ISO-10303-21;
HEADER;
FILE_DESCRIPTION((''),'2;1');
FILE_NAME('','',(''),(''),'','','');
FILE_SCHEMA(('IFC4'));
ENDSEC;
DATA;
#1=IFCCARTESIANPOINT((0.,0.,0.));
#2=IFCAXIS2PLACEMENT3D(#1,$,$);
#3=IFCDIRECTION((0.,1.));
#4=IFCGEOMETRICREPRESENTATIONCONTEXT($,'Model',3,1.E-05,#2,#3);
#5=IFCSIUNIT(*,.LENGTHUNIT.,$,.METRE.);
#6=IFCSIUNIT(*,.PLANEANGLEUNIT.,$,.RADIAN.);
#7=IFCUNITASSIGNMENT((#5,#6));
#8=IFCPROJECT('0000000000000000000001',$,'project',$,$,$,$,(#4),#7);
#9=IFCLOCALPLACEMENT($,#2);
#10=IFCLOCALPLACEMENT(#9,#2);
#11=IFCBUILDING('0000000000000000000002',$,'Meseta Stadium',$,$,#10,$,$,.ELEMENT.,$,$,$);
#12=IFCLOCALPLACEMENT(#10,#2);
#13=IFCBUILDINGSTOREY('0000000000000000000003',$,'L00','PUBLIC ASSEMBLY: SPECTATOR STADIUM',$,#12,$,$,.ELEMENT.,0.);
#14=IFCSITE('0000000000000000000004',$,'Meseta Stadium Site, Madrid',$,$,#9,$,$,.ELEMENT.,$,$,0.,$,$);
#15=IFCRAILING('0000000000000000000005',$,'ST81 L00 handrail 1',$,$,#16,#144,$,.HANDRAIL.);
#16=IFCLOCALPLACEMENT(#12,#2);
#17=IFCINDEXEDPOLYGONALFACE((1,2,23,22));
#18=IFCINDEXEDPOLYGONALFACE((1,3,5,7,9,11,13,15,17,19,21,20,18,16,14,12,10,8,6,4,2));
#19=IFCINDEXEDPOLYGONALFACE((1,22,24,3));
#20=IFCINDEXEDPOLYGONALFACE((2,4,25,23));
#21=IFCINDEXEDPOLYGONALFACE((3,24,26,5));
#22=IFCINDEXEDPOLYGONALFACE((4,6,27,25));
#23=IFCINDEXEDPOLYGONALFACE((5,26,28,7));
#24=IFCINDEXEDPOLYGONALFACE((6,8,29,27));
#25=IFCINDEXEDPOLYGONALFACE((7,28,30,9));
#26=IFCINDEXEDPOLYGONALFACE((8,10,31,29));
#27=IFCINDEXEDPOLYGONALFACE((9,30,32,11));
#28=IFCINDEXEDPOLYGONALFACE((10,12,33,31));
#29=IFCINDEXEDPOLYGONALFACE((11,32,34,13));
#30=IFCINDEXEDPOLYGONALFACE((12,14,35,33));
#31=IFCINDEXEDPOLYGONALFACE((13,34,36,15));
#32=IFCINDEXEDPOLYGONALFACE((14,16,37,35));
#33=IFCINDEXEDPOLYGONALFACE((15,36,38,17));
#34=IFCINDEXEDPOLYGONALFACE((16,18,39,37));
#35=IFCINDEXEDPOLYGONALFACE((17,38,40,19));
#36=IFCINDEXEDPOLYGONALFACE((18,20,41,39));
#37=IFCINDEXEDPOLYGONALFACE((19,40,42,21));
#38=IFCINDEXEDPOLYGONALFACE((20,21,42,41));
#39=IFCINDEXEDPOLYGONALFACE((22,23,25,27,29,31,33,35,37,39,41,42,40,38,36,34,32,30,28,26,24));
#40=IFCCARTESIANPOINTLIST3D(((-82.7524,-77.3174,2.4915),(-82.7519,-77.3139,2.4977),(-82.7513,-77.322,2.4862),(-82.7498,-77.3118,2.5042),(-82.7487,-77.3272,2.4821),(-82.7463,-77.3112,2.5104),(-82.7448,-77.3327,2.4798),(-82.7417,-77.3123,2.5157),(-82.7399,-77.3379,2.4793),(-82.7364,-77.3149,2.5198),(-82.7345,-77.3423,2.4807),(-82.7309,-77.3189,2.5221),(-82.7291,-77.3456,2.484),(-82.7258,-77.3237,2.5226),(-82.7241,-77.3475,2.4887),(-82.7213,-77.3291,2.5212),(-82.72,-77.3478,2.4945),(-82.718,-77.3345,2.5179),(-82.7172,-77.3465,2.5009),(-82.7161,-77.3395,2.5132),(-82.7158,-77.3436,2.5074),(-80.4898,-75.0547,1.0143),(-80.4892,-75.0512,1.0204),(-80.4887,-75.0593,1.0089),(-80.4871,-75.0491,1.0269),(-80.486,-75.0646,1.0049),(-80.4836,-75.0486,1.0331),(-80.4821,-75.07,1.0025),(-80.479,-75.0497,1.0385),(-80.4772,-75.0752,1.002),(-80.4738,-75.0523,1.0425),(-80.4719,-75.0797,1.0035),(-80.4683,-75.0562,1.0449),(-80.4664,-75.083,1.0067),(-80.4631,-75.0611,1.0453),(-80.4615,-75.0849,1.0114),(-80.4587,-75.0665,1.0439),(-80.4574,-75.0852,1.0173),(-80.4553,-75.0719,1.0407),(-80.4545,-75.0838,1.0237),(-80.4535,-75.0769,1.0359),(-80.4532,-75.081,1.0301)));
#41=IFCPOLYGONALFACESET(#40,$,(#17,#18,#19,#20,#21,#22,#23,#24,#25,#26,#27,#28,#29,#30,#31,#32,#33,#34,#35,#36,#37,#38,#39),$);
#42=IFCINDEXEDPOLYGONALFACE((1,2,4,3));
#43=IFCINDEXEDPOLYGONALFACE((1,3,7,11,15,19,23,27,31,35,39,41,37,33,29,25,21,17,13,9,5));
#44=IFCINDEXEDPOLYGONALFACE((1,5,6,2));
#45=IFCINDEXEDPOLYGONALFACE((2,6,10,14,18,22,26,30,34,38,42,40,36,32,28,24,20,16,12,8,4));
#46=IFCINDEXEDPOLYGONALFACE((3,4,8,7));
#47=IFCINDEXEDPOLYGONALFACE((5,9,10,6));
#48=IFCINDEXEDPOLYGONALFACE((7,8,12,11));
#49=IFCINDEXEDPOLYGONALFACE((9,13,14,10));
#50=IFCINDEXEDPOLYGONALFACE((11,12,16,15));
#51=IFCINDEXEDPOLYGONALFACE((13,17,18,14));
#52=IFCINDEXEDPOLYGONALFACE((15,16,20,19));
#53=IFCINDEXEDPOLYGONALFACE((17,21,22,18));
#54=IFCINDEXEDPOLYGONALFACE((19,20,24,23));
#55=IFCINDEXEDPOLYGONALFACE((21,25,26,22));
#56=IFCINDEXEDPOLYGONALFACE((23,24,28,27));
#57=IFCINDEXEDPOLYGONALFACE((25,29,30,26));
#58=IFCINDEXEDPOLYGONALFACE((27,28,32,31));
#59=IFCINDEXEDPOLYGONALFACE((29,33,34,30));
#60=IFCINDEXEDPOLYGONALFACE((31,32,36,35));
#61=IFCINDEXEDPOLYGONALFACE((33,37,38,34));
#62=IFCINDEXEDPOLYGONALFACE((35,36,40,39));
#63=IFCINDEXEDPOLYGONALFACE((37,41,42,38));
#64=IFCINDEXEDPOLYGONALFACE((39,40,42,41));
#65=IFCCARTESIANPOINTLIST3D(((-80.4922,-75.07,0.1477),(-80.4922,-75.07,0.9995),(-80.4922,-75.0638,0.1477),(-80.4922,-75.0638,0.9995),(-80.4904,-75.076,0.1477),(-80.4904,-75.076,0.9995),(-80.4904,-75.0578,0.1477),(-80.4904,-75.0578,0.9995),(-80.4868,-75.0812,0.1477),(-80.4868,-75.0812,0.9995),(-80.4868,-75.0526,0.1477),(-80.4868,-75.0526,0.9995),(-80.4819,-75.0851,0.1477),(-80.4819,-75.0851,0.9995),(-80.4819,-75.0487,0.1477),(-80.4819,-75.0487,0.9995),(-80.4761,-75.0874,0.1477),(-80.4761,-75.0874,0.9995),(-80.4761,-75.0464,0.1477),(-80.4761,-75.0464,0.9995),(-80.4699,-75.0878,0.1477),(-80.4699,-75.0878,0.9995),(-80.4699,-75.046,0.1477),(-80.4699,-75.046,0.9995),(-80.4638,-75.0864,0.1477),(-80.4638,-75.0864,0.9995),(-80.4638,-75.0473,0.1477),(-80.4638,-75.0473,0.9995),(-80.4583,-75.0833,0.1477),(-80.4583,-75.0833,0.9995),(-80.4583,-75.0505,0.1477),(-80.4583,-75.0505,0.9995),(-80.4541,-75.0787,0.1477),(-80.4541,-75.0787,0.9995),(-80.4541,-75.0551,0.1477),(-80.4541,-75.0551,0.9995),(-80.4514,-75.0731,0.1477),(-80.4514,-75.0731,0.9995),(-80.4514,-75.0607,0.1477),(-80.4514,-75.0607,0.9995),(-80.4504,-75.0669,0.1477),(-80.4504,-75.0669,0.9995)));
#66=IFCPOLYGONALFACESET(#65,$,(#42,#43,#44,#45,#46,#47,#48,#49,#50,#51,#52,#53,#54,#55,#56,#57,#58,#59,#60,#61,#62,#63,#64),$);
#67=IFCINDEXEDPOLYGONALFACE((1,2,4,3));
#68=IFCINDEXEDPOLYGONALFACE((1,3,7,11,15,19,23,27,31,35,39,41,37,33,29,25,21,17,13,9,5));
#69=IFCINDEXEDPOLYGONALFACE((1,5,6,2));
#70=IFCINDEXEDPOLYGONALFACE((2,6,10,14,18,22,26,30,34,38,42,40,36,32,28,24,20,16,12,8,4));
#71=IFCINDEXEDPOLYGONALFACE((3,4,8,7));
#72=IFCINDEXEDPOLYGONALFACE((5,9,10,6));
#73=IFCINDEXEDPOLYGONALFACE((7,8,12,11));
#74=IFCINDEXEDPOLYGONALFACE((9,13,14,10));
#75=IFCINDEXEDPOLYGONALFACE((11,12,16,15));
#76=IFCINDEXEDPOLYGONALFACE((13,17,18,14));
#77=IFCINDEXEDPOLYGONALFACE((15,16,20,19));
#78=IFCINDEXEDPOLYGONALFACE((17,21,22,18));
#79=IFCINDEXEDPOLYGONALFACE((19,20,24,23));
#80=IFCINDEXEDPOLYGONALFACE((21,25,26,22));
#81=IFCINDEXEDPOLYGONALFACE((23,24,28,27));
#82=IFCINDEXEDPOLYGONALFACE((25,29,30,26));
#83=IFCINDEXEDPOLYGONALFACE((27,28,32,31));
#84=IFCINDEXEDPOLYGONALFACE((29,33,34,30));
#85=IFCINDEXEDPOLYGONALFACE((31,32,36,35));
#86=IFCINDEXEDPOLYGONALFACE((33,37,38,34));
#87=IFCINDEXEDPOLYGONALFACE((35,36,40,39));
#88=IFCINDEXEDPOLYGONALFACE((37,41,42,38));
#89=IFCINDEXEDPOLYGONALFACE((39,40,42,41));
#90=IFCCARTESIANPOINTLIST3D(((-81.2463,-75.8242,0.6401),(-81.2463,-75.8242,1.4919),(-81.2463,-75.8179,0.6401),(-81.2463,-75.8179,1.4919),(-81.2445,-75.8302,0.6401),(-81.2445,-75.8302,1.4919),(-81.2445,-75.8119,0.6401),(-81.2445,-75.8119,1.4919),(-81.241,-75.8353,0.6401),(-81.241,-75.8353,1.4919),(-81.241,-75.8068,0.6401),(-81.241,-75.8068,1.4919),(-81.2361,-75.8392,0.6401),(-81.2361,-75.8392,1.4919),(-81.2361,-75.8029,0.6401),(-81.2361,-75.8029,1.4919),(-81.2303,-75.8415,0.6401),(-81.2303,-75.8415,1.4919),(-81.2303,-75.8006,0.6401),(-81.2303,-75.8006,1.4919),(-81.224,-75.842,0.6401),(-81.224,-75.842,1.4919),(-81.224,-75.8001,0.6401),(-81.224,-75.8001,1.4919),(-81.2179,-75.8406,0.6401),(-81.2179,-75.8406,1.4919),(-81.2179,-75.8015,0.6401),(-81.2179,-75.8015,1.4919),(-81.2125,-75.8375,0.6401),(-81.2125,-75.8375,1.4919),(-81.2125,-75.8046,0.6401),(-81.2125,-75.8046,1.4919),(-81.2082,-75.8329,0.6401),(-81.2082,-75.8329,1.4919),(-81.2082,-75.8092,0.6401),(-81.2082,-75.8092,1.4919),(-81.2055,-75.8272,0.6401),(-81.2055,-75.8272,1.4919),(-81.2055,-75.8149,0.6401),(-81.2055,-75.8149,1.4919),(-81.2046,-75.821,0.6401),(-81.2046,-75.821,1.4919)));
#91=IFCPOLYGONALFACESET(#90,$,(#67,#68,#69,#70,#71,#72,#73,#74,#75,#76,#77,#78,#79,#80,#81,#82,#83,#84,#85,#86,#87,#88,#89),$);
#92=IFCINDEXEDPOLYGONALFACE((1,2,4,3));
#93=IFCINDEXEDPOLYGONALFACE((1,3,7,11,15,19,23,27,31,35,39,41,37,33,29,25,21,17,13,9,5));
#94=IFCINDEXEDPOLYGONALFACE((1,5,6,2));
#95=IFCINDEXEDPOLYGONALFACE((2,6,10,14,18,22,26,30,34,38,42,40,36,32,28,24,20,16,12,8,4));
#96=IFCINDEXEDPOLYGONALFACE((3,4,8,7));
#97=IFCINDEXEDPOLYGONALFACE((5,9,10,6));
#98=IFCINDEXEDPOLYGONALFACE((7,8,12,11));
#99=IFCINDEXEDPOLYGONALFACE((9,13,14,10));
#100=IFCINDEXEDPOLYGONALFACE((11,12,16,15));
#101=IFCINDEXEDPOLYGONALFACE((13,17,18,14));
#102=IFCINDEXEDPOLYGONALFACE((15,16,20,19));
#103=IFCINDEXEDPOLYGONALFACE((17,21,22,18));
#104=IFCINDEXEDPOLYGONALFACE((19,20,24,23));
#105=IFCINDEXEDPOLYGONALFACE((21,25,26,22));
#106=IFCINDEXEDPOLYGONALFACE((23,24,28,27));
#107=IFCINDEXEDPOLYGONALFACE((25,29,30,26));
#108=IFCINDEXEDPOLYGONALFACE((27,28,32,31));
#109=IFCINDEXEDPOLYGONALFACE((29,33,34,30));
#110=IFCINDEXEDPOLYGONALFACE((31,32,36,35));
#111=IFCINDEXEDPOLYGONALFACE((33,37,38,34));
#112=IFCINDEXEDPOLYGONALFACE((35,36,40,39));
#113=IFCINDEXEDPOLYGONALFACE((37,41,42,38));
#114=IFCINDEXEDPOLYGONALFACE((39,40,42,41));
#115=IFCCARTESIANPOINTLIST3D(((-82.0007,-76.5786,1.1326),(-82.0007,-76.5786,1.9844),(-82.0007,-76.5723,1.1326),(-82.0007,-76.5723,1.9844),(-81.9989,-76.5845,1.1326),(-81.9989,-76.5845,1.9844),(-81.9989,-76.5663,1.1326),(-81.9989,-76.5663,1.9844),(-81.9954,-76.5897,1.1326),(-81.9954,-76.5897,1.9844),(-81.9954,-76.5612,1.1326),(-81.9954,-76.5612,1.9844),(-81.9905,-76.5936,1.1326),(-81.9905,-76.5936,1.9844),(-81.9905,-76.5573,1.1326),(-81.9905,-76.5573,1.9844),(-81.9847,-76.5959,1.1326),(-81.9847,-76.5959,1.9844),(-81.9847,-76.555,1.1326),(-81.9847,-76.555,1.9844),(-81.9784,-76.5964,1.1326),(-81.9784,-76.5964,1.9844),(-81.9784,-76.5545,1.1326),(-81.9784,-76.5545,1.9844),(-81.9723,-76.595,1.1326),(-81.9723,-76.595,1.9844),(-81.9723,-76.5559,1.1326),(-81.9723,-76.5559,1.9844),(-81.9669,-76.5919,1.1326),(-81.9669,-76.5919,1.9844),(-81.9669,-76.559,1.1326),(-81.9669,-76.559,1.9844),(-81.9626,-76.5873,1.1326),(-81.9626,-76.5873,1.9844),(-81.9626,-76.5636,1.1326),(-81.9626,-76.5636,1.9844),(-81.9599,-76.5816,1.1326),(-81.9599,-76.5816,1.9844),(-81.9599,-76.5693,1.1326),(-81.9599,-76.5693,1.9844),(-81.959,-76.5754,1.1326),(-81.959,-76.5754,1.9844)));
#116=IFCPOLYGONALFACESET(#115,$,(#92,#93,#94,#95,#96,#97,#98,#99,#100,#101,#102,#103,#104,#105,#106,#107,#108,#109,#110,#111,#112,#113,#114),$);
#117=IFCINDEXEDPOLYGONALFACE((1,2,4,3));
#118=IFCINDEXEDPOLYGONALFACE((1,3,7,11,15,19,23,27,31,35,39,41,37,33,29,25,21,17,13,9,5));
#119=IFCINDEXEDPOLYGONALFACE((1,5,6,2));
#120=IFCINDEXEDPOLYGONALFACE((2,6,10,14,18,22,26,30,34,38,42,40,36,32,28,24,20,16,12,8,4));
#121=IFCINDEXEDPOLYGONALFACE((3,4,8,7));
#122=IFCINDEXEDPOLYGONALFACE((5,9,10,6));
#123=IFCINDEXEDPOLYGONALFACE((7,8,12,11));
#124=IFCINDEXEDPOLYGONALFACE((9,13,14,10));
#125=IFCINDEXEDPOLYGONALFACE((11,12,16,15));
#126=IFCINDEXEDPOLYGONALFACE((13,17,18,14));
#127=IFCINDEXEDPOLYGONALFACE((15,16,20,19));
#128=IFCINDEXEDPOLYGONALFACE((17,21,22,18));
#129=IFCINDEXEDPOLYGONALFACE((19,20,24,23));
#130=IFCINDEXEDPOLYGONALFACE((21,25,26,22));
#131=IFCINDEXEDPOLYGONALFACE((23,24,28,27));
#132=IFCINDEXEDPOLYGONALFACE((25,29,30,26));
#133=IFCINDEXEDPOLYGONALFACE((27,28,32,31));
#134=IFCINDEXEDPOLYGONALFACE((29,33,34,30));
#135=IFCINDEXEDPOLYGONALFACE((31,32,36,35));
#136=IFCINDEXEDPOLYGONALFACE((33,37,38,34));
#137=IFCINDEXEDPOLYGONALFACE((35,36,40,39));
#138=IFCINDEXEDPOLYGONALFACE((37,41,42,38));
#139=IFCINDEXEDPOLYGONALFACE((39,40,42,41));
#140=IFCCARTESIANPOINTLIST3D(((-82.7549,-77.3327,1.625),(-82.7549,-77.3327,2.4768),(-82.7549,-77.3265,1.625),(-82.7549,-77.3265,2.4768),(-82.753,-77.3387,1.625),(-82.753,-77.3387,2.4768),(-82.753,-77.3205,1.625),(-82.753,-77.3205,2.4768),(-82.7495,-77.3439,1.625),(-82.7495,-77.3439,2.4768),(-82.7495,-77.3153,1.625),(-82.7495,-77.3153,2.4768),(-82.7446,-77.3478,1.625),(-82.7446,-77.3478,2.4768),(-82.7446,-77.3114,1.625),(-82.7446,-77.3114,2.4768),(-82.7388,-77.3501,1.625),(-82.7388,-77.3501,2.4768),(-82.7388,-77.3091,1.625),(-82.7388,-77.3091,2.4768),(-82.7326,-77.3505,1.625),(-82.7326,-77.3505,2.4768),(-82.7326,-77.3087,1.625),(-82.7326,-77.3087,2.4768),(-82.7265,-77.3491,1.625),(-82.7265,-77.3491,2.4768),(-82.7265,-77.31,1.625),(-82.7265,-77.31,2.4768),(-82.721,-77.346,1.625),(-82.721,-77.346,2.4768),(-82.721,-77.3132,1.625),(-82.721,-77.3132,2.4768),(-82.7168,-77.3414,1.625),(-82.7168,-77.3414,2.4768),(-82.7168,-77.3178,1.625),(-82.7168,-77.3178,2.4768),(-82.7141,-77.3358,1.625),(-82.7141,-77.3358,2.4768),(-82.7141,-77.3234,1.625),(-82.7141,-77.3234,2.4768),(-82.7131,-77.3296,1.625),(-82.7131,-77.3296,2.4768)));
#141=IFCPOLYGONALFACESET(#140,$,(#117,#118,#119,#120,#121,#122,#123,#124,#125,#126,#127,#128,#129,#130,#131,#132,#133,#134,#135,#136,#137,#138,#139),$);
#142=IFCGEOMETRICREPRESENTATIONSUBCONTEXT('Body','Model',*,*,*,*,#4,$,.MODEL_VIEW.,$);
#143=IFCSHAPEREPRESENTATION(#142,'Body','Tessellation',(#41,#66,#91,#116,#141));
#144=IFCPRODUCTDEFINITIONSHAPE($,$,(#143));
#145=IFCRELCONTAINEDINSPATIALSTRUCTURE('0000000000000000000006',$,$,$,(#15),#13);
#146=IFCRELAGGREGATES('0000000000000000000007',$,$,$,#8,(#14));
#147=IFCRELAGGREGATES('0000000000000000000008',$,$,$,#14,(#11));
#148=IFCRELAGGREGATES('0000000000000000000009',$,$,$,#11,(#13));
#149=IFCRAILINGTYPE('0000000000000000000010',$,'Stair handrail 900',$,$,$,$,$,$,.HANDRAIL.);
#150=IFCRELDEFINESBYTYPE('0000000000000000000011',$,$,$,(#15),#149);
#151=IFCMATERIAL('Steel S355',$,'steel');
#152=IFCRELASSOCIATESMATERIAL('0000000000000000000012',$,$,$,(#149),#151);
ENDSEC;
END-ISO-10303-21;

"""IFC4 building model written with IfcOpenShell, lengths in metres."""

from ifc_helpers import new_model, si_unit, direction, frame, origin, origin_2d, place, context, subcontext, project, spatial, circle, extrude, material, type_object, element, save


model = new_model("IFC4")

# Units and contexts
model_context = context("Model", 3, precision=1e-05, world=origin(), true_north=direction((0.0, 1.0)))
body_context = subcontext(model_context, "Body", "Model", "MODEL_VIEW")
ifc_project = project(units=[si_unit("LENGTHUNIT", "METRE"), si_unit("PLANEANGLEUNIT", "RADIAN")], contexts=[model_context])

# Site, building, storey
site_placement = place(None, origin())
site = spatial("IfcSite", under=ifc_project, at=site_placement, Name="Meseta Stadium Site, Madrid", CompositionType="ELEMENT", RefElevation=0.0)
building_placement = place(site_placement, origin())
building = spatial("IfcBuilding", under=site, at=building_placement, Name="Meseta Stadium", CompositionType="ELEMENT")
storey_placement = place(building_placement, origin())
storey = spatial("IfcBuildingStorey", under=building, at=storey_placement, Name="L00", Description="PUBLIC ASSEMBLY: SPECTATOR STADIUM", CompositionType="ELEMENT", Elevation=0.0)

# Railing
ifc_material_1 = material(Name="Steel S355", Category="steel")
railing_type_1 = type_object("IfcRailingType", Name="Stair handrail 900", PredefinedType="HANDRAIL", material=ifc_material_1)
railing_1_placement = place(storey_placement, frame((-80.4714, -75.0669, 0.1477)))
element("IfcRailing", 1, at=railing_1_placement, inside=storey, type_object=railing_type_1, Name="ST81 L00 handrail 1", PredefinedType="HANDRAIL", context=body_context, shape_type="SweptSolid", body=[
    extrude(circle(Radius=0.0239, at=origin_2d()), frame((0.0, 0.0, 0.876), z_axis=(-0.641994, -0.641994, 0.419152), x_axis=(0.707107, -0.707107, 0.0)), (0.0, 0.0, 1.0), 3.5244),
    extrude(circle(Radius=0.021, at=origin_2d()), origin(), (0.0, 0.0, 1.0), 0.8518),
    extrude(circle(Radius=0.021, at=origin_2d()), frame((-0.7542, -0.7542, 0.4924)), (0.0, 0.0, 1.0), 0.8518),
    extrude(circle(Radius=0.021, at=origin_2d()), frame((-1.5085, -1.5085, 0.9849)), (0.0, 0.0, 1.0), 0.8518),
    extrude(circle(Radius=0.021, at=origin_2d()), frame((-2.2627, -2.2627, 1.4773)), (0.0, 0.0, 1.0), 0.8518),
])

save(model, "model.ifc")
